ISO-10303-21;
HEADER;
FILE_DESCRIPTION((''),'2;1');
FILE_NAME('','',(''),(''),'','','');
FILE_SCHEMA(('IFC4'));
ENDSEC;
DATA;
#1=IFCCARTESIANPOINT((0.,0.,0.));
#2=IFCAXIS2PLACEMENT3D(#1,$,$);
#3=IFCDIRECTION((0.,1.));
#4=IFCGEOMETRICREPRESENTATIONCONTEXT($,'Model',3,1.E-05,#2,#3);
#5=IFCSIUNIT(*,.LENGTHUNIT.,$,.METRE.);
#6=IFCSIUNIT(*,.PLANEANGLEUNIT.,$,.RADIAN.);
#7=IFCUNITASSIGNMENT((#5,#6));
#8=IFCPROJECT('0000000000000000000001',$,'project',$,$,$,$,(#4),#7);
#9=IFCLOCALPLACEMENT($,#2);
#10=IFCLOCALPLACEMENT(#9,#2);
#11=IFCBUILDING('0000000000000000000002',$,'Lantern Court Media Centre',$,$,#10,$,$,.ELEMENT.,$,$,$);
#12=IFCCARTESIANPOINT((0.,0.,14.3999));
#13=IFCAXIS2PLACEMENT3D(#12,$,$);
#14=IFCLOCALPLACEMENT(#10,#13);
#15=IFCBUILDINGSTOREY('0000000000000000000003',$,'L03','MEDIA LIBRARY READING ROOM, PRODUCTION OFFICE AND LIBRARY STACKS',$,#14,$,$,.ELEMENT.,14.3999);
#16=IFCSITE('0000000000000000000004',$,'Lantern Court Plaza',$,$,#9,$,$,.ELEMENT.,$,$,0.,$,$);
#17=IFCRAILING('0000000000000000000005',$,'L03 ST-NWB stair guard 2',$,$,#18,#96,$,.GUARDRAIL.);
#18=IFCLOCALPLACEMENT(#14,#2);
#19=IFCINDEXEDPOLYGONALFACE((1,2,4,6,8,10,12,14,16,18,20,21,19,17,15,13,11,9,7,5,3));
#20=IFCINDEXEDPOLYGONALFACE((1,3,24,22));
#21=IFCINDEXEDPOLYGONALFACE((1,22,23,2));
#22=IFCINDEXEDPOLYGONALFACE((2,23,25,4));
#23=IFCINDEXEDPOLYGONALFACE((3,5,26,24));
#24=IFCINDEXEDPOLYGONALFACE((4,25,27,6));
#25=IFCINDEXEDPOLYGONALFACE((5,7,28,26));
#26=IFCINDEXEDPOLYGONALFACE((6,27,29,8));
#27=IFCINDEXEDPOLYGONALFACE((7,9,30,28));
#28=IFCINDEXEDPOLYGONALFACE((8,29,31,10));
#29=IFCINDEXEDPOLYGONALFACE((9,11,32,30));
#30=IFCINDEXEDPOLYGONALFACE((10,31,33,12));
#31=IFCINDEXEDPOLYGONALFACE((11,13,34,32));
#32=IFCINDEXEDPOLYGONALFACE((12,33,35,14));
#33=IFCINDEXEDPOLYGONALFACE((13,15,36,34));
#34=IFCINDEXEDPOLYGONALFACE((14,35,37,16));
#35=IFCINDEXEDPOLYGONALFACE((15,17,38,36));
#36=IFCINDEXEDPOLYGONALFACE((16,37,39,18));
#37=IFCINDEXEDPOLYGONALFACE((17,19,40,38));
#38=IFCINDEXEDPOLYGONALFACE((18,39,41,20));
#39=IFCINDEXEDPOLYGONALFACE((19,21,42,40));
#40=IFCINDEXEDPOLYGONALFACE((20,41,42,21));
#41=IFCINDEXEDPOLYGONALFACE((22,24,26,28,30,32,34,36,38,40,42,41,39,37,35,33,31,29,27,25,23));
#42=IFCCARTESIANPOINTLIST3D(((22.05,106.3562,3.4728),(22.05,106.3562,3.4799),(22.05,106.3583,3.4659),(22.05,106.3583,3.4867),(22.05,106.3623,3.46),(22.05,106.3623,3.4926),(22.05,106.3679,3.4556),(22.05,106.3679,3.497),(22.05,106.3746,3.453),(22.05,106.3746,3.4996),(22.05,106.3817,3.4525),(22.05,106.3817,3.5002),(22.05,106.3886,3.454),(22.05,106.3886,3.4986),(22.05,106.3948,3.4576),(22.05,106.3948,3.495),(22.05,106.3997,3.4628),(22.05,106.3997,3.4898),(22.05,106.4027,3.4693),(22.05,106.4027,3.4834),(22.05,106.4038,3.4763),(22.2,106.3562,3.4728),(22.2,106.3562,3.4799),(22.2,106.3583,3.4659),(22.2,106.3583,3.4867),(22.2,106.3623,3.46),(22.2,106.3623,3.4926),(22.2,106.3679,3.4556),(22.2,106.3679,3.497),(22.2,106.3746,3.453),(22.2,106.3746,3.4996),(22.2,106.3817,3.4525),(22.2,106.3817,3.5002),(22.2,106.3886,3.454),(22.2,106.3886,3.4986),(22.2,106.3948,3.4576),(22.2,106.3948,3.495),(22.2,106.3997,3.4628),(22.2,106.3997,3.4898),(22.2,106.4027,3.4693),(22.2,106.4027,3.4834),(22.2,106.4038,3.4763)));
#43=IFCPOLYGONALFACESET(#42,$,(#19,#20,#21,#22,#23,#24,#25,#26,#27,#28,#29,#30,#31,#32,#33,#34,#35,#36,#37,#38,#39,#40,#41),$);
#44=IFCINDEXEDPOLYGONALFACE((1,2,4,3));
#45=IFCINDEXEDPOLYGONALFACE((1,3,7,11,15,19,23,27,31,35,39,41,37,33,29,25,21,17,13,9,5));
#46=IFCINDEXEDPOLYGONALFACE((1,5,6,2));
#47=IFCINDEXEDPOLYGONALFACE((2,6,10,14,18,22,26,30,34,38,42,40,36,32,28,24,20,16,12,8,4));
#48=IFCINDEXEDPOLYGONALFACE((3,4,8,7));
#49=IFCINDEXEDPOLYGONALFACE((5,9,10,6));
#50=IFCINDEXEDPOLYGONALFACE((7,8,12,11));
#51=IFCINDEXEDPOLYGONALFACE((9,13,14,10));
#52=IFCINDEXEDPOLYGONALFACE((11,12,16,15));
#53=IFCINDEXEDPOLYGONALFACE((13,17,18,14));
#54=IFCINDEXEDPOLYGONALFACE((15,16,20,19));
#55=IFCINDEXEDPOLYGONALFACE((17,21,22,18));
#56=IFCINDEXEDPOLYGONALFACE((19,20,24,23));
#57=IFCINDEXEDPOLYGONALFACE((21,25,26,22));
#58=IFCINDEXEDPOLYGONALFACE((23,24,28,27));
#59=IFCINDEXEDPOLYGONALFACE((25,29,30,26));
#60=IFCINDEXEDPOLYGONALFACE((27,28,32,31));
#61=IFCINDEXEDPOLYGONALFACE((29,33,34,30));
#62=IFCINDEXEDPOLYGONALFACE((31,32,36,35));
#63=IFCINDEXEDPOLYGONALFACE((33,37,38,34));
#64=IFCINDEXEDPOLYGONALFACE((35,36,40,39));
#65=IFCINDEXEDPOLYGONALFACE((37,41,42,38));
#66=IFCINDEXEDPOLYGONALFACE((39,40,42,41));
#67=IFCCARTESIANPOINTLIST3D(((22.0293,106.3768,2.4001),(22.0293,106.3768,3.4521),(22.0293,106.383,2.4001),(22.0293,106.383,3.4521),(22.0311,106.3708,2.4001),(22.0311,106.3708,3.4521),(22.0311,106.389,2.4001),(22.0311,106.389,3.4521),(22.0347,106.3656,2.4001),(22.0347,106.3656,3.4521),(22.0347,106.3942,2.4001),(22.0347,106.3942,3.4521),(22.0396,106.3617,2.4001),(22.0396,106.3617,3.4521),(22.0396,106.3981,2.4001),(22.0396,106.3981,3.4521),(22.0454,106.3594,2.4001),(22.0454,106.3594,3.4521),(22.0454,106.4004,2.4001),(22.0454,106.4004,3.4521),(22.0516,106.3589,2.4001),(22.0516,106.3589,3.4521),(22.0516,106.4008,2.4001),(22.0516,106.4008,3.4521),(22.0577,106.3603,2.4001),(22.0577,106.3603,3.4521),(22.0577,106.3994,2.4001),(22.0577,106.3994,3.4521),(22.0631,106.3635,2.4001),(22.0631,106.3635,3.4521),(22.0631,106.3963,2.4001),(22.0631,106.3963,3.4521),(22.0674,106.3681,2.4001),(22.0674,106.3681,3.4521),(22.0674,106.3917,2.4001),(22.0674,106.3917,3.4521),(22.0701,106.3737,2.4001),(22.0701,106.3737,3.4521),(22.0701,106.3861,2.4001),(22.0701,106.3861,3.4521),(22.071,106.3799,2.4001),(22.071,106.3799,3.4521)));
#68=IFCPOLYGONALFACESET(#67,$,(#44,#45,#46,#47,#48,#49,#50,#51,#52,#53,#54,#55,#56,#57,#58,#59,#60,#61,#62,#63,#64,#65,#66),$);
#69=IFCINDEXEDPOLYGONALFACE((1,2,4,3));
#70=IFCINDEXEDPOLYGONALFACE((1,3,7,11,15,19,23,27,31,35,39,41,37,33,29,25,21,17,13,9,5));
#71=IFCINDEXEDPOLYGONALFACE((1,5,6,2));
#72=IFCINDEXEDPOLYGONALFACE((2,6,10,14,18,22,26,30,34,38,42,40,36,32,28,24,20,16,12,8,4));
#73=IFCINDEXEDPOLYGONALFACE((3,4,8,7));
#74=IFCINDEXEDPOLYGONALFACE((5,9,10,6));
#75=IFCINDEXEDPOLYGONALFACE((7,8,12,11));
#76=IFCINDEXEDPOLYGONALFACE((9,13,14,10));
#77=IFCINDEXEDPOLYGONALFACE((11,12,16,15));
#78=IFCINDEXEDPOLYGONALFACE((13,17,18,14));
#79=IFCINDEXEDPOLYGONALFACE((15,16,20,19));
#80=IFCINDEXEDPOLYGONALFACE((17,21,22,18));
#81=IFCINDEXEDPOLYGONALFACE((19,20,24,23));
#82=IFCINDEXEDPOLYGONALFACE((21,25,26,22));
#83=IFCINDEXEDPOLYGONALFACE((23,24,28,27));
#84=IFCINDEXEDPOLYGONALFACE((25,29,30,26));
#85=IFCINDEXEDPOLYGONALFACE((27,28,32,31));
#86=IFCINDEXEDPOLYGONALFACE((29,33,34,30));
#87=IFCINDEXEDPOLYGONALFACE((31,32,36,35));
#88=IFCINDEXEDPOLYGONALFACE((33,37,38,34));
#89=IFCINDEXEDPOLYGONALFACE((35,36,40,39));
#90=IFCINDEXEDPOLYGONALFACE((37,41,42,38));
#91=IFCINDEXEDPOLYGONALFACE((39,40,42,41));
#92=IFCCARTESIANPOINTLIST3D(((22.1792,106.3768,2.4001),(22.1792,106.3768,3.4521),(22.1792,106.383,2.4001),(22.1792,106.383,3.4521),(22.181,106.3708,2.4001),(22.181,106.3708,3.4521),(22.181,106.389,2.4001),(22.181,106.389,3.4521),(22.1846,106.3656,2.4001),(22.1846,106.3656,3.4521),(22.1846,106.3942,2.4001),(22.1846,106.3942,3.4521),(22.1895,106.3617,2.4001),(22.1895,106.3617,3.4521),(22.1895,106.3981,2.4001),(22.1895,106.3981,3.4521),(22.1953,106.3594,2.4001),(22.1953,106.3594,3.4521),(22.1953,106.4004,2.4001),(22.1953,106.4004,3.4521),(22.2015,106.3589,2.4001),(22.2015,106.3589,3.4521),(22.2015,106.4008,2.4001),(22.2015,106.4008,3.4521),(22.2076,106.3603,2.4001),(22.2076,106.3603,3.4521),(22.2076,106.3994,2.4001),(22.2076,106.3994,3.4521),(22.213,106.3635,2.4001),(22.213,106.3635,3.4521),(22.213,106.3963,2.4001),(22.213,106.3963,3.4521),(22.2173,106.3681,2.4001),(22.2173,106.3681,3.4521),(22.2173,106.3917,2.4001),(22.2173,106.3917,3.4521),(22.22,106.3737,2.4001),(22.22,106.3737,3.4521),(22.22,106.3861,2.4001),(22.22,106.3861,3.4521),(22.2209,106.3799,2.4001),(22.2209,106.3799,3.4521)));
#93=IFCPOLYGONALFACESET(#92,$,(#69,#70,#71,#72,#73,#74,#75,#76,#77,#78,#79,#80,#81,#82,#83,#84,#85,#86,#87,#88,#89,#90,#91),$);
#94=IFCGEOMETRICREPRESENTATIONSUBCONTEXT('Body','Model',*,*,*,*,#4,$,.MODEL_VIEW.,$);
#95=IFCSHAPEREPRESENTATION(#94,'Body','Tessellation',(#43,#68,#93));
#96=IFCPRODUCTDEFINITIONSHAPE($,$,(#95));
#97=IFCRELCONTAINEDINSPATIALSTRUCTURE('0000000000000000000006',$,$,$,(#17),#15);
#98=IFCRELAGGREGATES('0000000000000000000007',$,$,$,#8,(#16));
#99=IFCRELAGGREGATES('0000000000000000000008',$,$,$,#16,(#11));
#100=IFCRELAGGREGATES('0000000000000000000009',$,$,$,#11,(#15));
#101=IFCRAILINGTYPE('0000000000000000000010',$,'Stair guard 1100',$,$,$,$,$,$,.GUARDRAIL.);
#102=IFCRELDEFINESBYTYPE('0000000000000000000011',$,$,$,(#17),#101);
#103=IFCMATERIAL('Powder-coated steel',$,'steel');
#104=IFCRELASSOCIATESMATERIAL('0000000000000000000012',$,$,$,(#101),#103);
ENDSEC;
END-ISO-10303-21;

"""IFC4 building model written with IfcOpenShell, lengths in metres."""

from ifc_helpers import new_model, si_unit, direction, frame, origin, origin_2d, place, context, subcontext, project, spatial, circle, extrude, material, type_object, element, save


model = new_model("IFC4")

# Units and contexts
model_context = context("Model", 3, precision=1e-05, world=origin(), true_north=direction((0.0, 1.0)))
body_context = subcontext(model_context, "Body", "Model", "MODEL_VIEW")
ifc_project = project(units=[si_unit("LENGTHUNIT", "METRE"), si_unit("PLANEANGLEUNIT", "RADIAN")], contexts=[model_context])

# Site, building, storey
site_placement = place(None, origin())
site = spatial("IfcSite", under=ifc_project, at=site_placement, Name="Lantern Court Plaza", CompositionType="ELEMENT", RefElevation=0.0)
building_placement = place(site_placement, origin())
building = spatial("IfcBuilding", under=site, at=building_placement, Name="Lantern Court Media Centre", CompositionType="ELEMENT")
storey_placement = place(building_placement, frame((0.0, 0.0, 14.3999)))
storey = spatial("IfcBuildingStorey", under=building, at=storey_placement, Name="L03", Description="MEDIA LIBRARY READING ROOM, PRODUCTION OFFICE AND LIBRARY STACKS", CompositionType="ELEMENT", Elevation=14.3999)

# Shared definitions
ifc_material_1 = material(Name="Powder-coated steel", Category="steel")

# Railing
railing_type_1 = type_object("IfcRailingType", Name="Stair guard 1100", PredefinedType="GUARDRAIL", material=ifc_material_1)
railing_1_placement = place(storey_placement, frame((22.05, 106.3799, 2.4001)))
element("IfcRailing", 1, at=railing_1_placement, inside=storey, type_object=railing_type_1, Name="L03 ST-NWB stair guard 2", PredefinedType="GUARDRAIL", context=body_context, shape_type="SweptSolid", body=[
    extrude(circle(Radius=0.0239, at=origin_2d()), frame((0.0, 0.0, 1.0762), z_axis=(1.0, 0.0, 0.0), x_axis=(0.0, 1.0, 0.0)), (0.0, 0.0, 1.0), 0.1499),
    extrude(circle(Radius=0.021, at=origin_2d()), origin(), (0.0, 0.0, 1.0), 1.052),
    extrude(circle(Radius=0.021, at=origin_2d()), frame((0.1499, 0.0, 0.0)), (0.0, 0.0, 1.0), 1.052),
])

save(model, "model.ifc")
